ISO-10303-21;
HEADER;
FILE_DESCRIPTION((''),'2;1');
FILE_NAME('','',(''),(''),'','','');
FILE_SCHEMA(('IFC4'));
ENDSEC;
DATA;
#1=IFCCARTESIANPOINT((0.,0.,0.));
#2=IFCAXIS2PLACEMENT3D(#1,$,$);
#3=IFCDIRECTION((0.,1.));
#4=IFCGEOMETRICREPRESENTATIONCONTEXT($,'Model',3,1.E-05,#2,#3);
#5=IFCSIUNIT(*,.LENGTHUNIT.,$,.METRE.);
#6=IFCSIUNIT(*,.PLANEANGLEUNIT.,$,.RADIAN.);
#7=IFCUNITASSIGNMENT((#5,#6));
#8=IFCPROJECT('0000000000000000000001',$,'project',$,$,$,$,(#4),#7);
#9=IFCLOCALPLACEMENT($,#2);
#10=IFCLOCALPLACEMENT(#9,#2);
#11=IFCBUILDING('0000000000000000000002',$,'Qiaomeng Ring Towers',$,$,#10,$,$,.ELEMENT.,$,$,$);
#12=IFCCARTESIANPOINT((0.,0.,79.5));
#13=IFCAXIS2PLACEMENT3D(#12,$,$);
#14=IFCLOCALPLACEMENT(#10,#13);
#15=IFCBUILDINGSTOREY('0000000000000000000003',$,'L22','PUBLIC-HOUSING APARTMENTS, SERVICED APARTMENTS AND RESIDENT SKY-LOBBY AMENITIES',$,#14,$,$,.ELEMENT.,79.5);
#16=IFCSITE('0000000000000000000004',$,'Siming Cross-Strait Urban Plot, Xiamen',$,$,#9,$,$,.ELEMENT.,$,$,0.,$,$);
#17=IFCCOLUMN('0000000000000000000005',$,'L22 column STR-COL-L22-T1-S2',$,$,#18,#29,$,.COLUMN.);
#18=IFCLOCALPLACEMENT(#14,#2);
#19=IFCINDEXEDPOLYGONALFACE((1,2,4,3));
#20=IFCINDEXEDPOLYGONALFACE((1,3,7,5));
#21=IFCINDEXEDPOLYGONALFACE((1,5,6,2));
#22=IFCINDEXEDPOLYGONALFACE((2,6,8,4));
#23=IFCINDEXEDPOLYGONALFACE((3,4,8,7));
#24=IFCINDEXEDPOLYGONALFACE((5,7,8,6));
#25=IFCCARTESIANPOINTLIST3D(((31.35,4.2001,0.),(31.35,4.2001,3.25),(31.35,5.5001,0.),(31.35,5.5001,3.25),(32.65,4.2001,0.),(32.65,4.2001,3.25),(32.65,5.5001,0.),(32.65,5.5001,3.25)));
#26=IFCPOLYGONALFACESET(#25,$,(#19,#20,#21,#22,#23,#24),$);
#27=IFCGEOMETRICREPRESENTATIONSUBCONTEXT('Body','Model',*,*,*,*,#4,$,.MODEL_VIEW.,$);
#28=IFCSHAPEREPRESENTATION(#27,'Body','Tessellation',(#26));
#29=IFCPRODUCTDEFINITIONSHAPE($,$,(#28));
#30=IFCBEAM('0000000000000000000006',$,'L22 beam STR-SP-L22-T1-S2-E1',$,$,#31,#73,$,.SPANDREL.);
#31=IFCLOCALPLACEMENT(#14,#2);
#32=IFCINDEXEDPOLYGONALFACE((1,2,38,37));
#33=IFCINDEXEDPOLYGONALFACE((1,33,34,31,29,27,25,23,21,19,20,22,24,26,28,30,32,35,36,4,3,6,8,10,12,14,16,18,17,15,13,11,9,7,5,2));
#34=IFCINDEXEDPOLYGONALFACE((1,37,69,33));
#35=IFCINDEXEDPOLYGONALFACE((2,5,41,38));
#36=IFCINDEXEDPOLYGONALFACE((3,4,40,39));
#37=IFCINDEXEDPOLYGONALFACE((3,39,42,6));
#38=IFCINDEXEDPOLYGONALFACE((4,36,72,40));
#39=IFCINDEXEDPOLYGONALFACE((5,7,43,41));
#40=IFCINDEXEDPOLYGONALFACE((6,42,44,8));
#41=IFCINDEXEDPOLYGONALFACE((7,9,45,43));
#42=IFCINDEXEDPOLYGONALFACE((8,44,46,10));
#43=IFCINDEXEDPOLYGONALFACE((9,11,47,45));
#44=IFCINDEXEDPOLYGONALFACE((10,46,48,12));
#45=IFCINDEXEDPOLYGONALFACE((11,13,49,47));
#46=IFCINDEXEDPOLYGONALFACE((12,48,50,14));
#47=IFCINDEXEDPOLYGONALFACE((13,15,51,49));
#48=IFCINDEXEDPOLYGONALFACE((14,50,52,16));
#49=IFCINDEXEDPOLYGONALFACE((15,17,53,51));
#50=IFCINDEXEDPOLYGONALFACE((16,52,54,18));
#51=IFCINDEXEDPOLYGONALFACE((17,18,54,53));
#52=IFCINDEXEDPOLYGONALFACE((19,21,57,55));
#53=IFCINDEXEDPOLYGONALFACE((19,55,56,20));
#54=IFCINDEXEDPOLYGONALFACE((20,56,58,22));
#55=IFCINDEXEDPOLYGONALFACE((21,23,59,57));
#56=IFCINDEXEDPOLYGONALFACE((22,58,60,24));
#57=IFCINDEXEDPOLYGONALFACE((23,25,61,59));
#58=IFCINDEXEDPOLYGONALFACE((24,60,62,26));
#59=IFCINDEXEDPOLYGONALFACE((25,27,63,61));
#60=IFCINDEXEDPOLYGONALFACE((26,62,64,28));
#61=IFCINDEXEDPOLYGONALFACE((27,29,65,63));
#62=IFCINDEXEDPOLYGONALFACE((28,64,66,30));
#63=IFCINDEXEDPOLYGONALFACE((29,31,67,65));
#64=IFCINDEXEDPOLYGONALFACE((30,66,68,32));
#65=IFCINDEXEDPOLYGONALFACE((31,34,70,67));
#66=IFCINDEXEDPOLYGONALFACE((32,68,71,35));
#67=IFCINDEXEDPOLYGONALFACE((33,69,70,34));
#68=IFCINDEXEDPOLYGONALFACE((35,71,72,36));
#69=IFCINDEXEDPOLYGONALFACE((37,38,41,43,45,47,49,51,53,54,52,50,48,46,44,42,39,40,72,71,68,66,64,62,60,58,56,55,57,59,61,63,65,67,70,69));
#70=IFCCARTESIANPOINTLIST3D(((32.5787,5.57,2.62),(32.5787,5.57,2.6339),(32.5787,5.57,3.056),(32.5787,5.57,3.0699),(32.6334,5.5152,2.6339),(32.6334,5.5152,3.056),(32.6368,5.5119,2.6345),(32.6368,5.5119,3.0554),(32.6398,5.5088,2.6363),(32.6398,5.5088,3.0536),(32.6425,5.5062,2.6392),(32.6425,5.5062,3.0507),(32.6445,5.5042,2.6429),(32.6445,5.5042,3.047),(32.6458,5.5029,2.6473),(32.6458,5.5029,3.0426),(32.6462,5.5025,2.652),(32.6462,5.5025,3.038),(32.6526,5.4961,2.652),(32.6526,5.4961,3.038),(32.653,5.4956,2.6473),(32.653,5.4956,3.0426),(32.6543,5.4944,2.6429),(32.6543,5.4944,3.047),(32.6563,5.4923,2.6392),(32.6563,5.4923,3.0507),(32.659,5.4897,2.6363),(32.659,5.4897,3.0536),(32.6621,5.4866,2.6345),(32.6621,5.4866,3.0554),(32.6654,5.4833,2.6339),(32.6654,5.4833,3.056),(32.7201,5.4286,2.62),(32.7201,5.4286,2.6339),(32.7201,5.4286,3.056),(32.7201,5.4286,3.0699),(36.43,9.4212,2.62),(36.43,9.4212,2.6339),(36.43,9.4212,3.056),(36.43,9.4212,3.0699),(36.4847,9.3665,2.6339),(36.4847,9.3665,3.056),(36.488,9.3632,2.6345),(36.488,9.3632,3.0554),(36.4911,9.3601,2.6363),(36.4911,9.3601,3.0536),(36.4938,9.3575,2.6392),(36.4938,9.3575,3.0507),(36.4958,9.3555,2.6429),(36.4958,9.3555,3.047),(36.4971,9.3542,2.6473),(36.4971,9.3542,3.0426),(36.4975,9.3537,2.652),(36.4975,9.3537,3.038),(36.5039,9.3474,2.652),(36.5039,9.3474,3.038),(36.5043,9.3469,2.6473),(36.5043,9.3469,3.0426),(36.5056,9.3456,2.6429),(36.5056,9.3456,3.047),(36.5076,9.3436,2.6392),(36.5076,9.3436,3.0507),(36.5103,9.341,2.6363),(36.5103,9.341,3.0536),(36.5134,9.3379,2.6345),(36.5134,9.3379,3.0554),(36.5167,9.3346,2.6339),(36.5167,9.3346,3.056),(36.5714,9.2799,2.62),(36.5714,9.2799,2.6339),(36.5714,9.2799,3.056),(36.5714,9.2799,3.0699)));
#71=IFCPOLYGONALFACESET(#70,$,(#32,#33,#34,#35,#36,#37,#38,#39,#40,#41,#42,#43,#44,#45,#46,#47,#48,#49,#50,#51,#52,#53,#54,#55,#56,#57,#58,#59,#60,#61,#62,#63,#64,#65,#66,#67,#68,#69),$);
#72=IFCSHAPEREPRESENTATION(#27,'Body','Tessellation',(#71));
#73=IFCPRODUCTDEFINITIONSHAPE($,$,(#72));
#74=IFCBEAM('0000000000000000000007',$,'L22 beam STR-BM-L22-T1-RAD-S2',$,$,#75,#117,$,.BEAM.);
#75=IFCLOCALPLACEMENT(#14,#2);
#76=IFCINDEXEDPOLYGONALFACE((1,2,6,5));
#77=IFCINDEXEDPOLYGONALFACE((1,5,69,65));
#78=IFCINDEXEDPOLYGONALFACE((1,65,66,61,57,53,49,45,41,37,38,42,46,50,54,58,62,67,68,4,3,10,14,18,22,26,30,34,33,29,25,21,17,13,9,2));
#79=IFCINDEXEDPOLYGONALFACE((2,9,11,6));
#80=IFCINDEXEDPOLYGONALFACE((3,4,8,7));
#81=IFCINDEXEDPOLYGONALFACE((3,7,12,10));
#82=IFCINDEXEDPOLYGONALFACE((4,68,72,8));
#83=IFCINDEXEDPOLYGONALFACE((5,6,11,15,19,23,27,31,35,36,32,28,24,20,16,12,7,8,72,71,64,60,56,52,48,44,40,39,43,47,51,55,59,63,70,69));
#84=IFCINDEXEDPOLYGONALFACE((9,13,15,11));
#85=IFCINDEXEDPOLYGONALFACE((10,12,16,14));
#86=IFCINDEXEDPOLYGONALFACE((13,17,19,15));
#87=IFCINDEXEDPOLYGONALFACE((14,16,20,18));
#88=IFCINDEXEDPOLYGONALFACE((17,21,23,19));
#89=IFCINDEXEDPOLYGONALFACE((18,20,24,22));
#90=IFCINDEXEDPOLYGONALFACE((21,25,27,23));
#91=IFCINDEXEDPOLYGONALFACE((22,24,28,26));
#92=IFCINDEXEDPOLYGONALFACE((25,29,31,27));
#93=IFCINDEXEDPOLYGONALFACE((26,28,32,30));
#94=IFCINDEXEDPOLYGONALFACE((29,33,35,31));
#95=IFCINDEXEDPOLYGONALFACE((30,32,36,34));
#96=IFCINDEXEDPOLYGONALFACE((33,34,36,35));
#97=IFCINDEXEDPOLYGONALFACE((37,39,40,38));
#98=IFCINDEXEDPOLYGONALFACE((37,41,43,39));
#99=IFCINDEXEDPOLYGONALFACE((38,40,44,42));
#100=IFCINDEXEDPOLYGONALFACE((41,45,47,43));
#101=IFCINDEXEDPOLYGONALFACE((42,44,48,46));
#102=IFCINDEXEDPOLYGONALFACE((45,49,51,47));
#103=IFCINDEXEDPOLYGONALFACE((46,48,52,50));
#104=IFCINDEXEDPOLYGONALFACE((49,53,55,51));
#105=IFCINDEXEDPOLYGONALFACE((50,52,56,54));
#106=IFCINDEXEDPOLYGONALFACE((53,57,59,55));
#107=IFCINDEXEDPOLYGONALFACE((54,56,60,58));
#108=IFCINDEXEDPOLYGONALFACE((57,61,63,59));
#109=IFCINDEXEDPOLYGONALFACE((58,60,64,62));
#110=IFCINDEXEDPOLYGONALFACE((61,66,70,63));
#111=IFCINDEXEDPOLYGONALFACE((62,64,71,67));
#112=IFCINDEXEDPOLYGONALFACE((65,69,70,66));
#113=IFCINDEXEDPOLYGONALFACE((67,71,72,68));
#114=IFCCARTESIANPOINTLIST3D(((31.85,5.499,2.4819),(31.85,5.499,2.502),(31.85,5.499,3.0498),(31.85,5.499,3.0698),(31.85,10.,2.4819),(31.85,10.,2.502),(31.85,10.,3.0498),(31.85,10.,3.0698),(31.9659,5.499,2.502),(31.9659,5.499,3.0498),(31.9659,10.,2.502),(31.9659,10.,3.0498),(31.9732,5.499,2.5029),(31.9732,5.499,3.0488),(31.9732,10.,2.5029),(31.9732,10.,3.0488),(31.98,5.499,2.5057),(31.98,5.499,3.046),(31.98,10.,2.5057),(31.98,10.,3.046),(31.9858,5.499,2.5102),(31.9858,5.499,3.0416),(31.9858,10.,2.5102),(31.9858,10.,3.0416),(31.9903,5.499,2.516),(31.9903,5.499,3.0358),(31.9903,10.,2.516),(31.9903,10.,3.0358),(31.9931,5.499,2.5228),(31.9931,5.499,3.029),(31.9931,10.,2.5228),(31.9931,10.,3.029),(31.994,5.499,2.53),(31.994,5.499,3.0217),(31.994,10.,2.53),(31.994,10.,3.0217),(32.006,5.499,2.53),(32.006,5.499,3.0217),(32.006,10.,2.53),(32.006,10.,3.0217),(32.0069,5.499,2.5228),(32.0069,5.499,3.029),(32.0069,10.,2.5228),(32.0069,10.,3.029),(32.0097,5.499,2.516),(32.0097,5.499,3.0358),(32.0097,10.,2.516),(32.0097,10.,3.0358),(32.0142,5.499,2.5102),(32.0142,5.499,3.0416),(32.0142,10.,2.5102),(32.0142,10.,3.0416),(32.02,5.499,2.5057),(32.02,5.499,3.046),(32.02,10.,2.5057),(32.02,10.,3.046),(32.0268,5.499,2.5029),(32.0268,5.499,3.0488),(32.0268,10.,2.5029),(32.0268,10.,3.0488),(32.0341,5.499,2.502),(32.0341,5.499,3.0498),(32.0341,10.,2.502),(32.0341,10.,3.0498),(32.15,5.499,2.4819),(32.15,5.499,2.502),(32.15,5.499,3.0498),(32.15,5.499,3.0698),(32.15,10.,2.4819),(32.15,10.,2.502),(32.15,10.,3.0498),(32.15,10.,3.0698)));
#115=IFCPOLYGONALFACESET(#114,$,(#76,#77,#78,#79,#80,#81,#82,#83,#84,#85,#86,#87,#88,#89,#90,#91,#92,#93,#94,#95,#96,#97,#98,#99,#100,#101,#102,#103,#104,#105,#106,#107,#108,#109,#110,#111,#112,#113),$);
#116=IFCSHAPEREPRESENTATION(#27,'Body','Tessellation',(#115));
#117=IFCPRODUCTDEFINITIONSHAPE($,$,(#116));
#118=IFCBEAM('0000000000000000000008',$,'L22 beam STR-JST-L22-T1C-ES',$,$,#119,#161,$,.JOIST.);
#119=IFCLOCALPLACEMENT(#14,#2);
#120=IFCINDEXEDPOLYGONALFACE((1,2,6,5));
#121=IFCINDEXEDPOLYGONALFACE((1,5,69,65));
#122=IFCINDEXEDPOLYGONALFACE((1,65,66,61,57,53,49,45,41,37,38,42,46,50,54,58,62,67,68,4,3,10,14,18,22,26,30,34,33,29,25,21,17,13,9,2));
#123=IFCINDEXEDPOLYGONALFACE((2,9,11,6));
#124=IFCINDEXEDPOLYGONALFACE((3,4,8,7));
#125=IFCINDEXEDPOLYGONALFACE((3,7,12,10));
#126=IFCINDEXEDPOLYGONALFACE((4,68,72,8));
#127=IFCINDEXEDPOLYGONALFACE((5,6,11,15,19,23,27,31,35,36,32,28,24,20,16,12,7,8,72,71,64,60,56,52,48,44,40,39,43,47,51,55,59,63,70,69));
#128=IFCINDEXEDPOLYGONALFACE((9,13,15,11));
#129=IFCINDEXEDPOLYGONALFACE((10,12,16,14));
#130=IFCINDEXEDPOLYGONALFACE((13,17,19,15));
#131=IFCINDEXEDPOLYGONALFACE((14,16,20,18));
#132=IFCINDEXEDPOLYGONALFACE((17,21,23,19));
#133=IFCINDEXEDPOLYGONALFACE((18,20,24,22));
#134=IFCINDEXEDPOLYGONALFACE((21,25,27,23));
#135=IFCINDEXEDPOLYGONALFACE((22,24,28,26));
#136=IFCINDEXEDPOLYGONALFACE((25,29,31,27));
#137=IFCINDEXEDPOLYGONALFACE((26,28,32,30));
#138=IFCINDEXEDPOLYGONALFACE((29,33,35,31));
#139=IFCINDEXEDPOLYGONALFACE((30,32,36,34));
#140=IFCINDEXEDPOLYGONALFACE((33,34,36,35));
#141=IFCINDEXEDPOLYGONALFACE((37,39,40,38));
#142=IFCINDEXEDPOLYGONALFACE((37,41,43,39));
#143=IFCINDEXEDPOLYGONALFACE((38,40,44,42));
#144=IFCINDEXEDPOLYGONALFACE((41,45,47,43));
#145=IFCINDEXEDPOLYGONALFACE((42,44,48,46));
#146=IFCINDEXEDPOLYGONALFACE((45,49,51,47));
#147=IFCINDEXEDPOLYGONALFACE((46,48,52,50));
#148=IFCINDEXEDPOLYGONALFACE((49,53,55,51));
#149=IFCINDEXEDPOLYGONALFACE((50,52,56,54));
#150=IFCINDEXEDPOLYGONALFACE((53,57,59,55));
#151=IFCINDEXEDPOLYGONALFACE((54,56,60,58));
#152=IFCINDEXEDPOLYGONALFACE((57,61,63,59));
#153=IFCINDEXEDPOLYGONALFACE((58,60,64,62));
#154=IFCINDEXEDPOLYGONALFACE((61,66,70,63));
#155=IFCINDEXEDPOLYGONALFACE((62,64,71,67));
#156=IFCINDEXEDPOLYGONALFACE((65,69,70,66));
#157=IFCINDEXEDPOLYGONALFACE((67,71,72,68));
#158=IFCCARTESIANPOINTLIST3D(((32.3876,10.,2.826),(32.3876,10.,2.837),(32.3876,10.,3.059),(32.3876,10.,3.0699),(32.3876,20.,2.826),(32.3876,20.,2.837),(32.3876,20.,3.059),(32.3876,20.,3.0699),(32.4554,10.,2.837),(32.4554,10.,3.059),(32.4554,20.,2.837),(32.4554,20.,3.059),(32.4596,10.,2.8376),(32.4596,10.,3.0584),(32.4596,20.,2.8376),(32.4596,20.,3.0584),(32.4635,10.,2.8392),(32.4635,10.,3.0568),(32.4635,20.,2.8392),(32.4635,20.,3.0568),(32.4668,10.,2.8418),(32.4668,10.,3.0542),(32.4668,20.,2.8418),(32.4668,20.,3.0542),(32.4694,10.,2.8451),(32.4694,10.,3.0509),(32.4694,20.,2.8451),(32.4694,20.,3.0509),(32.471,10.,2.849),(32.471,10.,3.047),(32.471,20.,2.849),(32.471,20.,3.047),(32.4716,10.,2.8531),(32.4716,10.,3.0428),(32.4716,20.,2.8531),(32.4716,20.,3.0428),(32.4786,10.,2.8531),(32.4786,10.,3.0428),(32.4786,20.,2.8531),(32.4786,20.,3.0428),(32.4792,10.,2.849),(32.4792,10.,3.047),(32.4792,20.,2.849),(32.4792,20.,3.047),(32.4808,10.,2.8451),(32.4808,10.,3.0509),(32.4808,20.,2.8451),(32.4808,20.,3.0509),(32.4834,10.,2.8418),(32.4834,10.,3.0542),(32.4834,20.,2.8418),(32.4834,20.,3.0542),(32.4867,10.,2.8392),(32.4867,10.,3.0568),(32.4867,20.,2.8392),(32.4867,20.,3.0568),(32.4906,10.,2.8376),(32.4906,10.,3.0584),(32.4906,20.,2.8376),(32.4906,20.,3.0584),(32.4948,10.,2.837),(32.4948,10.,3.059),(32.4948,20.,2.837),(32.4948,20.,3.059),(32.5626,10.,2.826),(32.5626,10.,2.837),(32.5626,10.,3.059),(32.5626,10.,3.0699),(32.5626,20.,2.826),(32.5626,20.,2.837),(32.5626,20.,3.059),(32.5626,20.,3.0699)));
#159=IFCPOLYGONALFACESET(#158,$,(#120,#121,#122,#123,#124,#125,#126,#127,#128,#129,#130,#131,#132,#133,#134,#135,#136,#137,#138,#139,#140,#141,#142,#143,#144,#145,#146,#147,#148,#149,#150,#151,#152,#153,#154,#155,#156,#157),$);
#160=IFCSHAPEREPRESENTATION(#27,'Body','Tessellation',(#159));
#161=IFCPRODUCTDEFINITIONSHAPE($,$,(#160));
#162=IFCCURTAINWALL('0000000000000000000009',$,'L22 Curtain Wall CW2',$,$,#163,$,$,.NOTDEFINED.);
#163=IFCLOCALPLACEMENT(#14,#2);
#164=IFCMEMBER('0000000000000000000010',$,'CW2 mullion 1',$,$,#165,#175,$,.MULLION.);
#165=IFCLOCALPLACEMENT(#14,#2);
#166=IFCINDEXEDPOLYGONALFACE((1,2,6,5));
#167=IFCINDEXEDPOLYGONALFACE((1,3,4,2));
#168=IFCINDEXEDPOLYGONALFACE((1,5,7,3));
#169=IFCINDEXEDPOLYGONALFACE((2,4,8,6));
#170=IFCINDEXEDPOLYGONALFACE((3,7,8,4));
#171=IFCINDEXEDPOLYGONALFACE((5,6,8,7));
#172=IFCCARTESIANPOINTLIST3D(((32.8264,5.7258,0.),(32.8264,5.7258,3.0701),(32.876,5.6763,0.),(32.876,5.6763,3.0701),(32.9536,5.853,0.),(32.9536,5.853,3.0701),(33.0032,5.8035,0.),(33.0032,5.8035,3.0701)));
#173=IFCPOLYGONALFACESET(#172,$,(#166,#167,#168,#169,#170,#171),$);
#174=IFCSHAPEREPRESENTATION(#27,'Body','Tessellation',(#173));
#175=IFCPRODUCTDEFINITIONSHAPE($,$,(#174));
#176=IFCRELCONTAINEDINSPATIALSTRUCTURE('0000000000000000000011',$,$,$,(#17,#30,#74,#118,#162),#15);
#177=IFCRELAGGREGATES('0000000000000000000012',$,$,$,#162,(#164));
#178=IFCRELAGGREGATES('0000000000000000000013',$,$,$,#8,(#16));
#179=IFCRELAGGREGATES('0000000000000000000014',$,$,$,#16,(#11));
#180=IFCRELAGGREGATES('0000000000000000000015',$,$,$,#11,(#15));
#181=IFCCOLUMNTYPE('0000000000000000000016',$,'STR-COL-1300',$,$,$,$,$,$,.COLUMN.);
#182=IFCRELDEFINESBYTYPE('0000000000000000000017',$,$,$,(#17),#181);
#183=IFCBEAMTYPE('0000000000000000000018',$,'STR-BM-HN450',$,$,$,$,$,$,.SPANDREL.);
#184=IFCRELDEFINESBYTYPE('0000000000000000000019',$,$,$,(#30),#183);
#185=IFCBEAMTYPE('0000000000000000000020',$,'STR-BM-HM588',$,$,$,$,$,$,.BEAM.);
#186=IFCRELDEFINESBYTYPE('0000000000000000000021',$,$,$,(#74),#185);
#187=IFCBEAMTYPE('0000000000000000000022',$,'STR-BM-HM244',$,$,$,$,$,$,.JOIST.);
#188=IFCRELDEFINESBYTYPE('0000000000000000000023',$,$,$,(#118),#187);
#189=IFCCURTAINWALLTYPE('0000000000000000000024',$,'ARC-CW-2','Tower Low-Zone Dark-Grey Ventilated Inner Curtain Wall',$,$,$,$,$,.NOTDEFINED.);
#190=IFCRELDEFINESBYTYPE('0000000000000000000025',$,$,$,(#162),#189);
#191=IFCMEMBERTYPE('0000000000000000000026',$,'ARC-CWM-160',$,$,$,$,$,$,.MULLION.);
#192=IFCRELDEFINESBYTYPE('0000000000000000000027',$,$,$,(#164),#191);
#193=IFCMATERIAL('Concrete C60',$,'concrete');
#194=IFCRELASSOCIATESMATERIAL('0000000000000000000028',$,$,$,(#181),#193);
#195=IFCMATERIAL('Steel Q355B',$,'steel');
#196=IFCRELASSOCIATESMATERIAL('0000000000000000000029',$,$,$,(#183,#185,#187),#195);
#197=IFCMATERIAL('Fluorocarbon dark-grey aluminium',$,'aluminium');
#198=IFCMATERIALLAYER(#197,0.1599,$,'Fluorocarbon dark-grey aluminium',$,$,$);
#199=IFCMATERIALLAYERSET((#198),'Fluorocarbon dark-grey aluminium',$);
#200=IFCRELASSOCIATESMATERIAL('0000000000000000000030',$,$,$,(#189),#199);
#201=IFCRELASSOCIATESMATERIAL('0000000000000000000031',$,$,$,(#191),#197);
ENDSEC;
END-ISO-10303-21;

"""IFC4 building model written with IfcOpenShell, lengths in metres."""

from ifc_helpers import new_model, si_unit, direction, frame, origin, origin_2d, place, context, subcontext, project, spatial, rectangle, i_section, extrude, source, transform, mapped, material, layer, layer_set, material_profile, profile_set, type_object, element, aggregate, save


model = new_model("IFC4")

# Units and contexts
model_context = context("Model", 3, precision=1e-05, world=origin(), true_north=direction((0.0, 1.0)))
body_context = subcontext(model_context, "Body", "Model", "MODEL_VIEW")
ifc_project = project(units=[si_unit("LENGTHUNIT", "METRE"), si_unit("PLANEANGLEUNIT", "RADIAN")], contexts=[model_context])

# Site, building, storey
site_placement = place(None, origin())
site = spatial("IfcSite", under=ifc_project, at=site_placement, Name="Siming Cross-Strait Urban Plot, Xiamen", CompositionType="ELEMENT", RefElevation=0.0)
building_placement = place(site_placement, origin())
building = spatial("IfcBuilding", under=site, at=building_placement, Name="Qiaomeng Ring Towers", CompositionType="ELEMENT")
storey_placement = place(building_placement, frame((0.0, 0.0, 79.5)))
storey = spatial("IfcBuildingStorey", under=building, at=storey_placement, Name="L22", Description="PUBLIC-HOUSING APARTMENTS, SERVICED APARTMENTS AND RESIDENT SKY-LOBBY AMENITIES", CompositionType="ELEMENT", Elevation=79.5)

# Column
ifc_material_1 = material(Name="Concrete C60", Category="concrete")
ifc_material_profile_1 = material_profile(ifc_material_1, rectangle(XDim=1.3, YDim=1.3, at=origin_2d()), Name="RC COL 1300x1300")
ifc_profile_set_1 = profile_set([ifc_material_profile_1], Name="Concrete C60")
column_type = type_object("IfcColumnType", Name="STR-COL-1300", PredefinedType="COLUMN", material=ifc_profile_set_1)
shared_shape_1 = source(origin(), body_context, "Body", "SweptSolid", [
    extrude(rectangle(XDim=1.3, YDim=1.3, at=origin_2d()), origin(), (0.0, 0.0, 1.0), 3.25),
])
column_placement = place(storey_placement, frame((32.0, 4.8501, 0.0), z_axis=(0.0, 0.0, 1.0), x_axis=(1.0, 0.0, 0.0)))
element("IfcColumn", 1, at=column_placement, inside=storey, type_object=column_type, Name="L22 column STR-COL-L22-T1-S2", PredefinedType="COLUMN", context=body_context, shape_type="MappedRepresentation", body=[
    mapped(shared_shape_1, transform((0.0, 0.0, 0.0), x_axis=(1.0, 0.0, 0.0), y_axis=(0.0, 1.0, 0.0), z_axis=(0.0, 0.0, 1.0), scale=1.0)),
])

# Beams
ifc_material_2 = material(Name="Steel Q355B", Category="steel")
ifc_material_profile_2 = material_profile(ifc_material_2, i_section(OverallWidth=0.2, OverallDepth=0.45, WebThickness=0.009, FlangeThickness=0.0139, FilletRadius=0.0181, at=origin_2d()), Name="HN 450x200x9x14")
ifc_profile_set_2 = profile_set([ifc_material_profile_2], Name="Steel Q355B")
beam_type_1 = type_object("IfcBeamType", Name="STR-BM-HN450", PredefinedType="SPANDREL", material=ifc_profile_set_2)
shared_shape_2 = source(origin(), body_context, "Body", "SweptSolid", [
    extrude(i_section(OverallWidth=0.2, OverallDepth=0.45, WebThickness=0.009, FlangeThickness=0.0139, FilletRadius=0.0181, at=origin_2d()), origin(), (0.0, 0.0, 1.0), 5.4465),
])
beam_1_placement = place(storey_placement, frame((32.6494, 5.4993, 2.845), z_axis=(0.707107, 0.707107, 0.0), x_axis=(-0.707107, 0.707107, 0.0)))
element("IfcBeam", 2, at=beam_1_placement, inside=storey, type_object=beam_type_1, Name="L22 beam STR-SP-L22-T1-S2-E1", PredefinedType="SPANDREL", context=body_context, shape_type="MappedRepresentation", body=[
    mapped(shared_shape_2, transform((0.0, 0.0, 0.0), x_axis=(1.0, 0.0, 0.0), y_axis=(0.0, 1.0, 0.0), z_axis=(0.0, 0.0, 1.0), scale=1.0)),
])
ifc_material_profile_3 = material_profile(ifc_material_2, i_section(OverallWidth=0.3, OverallDepth=0.5879, WebThickness=0.012, FlangeThickness=0.02, FilletRadius=0.0281, at=origin_2d()), Name="HM 588x300x12x20")
ifc_profile_set_3 = profile_set([ifc_material_profile_3], Name="Steel Q355B")
beam_type_2 = type_object("IfcBeamType", Name="STR-BM-HM588", PredefinedType="BEAM", material=ifc_profile_set_3)
shared_shape_3 = source(origin(), body_context, "Body", "SweptSolid", [
    extrude(i_section(OverallWidth=0.3, OverallDepth=0.5879, WebThickness=0.012, FlangeThickness=0.02, FilletRadius=0.0281, at=origin_2d()), origin(), (0.0, 0.0, 1.0), 4.501),
])
beam_2_placement = place(storey_placement, frame((32.0, 5.499, 2.7759), z_axis=(0.0, 1.0, 0.0), x_axis=(-1.0, 0.0, 0.0)))
element("IfcBeam", 3, at=beam_2_placement, inside=storey, type_object=beam_type_2, Name="L22 beam STR-BM-L22-T1-RAD-S2", PredefinedType="BEAM", context=body_context, shape_type="MappedRepresentation", body=[
    mapped(shared_shape_3, transform((0.0, 0.0, 0.0), x_axis=(1.0, 0.0, 0.0), y_axis=(0.0, 1.0, 0.0), z_axis=(0.0, 0.0, 1.0), scale=1.0)),
])
ifc_material_profile_4 = material_profile(ifc_material_2, i_section(OverallWidth=0.175, OverallDepth=0.2439, WebThickness=0.0071, FlangeThickness=0.011, FilletRadius=0.0161, at=origin_2d()), Name="HM 244x175x7x11")
ifc_profile_set_4 = profile_set([ifc_material_profile_4], Name="Steel Q355B")
beam_type_3 = type_object("IfcBeamType", Name="STR-BM-HM244", PredefinedType="JOIST", material=ifc_profile_set_4)
shared_shape_4 = source(origin(), body_context, "Body", "SweptSolid", [
    extrude(i_section(OverallWidth=0.175, OverallDepth=0.2439, WebThickness=0.0071, FlangeThickness=0.011, FilletRadius=0.0161, at=origin_2d()), origin(), (0.0, 0.0, 1.0), 10.0),
])
beam_3_placement = place(storey_placement, frame((32.4751, 10.0, 2.948), z_axis=(0.0, 1.0, 0.0), x_axis=(-1.0, 0.0, 0.0)))
element("IfcBeam", 4, at=beam_3_placement, inside=storey, type_object=beam_type_3, Name="L22 beam STR-JST-L22-T1C-ES", PredefinedType="JOIST", context=body_context, shape_type="MappedRepresentation", body=[
    mapped(shared_shape_4, transform((0.0, 0.0, 0.0), x_axis=(1.0, 0.0, 0.0), y_axis=(0.0, 1.0, 0.0), z_axis=(0.0, 0.0, 1.0), scale=1.0)),
])

# Curtain wall, member
ifc_material_3 = material(Name="Fluorocarbon dark-grey aluminium", Category="aluminium")
ifc_layer_1 = layer(ifc_material_3, 0.1599, Name="Fluorocarbon dark-grey aluminium")
ifc_layer_set_1 = layer_set([ifc_layer_1], Name="Fluorocarbon dark-grey aluminium")
curtain_wall_type = type_object("IfcCurtainWallType", Name="ARC-CW-2", Description="Tower Low-Zone Dark-Grey Ventilated Inner Curtain Wall", PredefinedType="NOTDEFINED", material=ifc_layer_set_1)
curtain_wall_placement = place(storey_placement, origin())
curtain_wall = element("IfcCurtainWall", 5, at=curtain_wall_placement, inside=storey, type_object=curtain_wall_type, Name="L22 Curtain Wall CW2", PredefinedType="NOTDEFINED")
ifc_material_profile_5 = material_profile(ifc_material_3, rectangle(XDim=0.0701, YDim=0.1799, at=origin_2d()), Name="ALU MULL 70x180")
ifc_profile_set_5 = profile_set([ifc_material_profile_5], Name="Fluorocarbon dark-grey aluminium")
member_type_1 = type_object("IfcMemberType", Name="ARC-CWM-160", PredefinedType="MULLION", material=ifc_profile_set_5)
shared_shape_5 = source(origin(), body_context, "Body", "SweptSolid", [
    extrude(rectangle(XDim=0.0701, YDim=0.1799, at=origin_2d()), origin(), (0.0, 0.0, 1.0), 3.0701),
])
member_1_placement = place(storey_placement, frame((32.9148, 5.7646, 0.0), z_axis=(0.0, 0.0, 1.0), x_axis=(-0.707107, 0.707107, 0.0)))
member_1 = element("IfcMember", 6, at=member_1_placement, type_object=member_type_1, Name="CW2 mullion 1", PredefinedType="MULLION", context=body_context, shape_type="MappedRepresentation", body=[
    mapped(shared_shape_5, transform((0.0, 0.0, 0.0), x_axis=(1.0, 0.0, 0.0), y_axis=(0.0, 1.0, 0.0), z_axis=(0.0, 0.0, 1.0), scale=1.0)),
])
aggregate(curtain_wall, [member_1])

save(model, "model.ifc")
